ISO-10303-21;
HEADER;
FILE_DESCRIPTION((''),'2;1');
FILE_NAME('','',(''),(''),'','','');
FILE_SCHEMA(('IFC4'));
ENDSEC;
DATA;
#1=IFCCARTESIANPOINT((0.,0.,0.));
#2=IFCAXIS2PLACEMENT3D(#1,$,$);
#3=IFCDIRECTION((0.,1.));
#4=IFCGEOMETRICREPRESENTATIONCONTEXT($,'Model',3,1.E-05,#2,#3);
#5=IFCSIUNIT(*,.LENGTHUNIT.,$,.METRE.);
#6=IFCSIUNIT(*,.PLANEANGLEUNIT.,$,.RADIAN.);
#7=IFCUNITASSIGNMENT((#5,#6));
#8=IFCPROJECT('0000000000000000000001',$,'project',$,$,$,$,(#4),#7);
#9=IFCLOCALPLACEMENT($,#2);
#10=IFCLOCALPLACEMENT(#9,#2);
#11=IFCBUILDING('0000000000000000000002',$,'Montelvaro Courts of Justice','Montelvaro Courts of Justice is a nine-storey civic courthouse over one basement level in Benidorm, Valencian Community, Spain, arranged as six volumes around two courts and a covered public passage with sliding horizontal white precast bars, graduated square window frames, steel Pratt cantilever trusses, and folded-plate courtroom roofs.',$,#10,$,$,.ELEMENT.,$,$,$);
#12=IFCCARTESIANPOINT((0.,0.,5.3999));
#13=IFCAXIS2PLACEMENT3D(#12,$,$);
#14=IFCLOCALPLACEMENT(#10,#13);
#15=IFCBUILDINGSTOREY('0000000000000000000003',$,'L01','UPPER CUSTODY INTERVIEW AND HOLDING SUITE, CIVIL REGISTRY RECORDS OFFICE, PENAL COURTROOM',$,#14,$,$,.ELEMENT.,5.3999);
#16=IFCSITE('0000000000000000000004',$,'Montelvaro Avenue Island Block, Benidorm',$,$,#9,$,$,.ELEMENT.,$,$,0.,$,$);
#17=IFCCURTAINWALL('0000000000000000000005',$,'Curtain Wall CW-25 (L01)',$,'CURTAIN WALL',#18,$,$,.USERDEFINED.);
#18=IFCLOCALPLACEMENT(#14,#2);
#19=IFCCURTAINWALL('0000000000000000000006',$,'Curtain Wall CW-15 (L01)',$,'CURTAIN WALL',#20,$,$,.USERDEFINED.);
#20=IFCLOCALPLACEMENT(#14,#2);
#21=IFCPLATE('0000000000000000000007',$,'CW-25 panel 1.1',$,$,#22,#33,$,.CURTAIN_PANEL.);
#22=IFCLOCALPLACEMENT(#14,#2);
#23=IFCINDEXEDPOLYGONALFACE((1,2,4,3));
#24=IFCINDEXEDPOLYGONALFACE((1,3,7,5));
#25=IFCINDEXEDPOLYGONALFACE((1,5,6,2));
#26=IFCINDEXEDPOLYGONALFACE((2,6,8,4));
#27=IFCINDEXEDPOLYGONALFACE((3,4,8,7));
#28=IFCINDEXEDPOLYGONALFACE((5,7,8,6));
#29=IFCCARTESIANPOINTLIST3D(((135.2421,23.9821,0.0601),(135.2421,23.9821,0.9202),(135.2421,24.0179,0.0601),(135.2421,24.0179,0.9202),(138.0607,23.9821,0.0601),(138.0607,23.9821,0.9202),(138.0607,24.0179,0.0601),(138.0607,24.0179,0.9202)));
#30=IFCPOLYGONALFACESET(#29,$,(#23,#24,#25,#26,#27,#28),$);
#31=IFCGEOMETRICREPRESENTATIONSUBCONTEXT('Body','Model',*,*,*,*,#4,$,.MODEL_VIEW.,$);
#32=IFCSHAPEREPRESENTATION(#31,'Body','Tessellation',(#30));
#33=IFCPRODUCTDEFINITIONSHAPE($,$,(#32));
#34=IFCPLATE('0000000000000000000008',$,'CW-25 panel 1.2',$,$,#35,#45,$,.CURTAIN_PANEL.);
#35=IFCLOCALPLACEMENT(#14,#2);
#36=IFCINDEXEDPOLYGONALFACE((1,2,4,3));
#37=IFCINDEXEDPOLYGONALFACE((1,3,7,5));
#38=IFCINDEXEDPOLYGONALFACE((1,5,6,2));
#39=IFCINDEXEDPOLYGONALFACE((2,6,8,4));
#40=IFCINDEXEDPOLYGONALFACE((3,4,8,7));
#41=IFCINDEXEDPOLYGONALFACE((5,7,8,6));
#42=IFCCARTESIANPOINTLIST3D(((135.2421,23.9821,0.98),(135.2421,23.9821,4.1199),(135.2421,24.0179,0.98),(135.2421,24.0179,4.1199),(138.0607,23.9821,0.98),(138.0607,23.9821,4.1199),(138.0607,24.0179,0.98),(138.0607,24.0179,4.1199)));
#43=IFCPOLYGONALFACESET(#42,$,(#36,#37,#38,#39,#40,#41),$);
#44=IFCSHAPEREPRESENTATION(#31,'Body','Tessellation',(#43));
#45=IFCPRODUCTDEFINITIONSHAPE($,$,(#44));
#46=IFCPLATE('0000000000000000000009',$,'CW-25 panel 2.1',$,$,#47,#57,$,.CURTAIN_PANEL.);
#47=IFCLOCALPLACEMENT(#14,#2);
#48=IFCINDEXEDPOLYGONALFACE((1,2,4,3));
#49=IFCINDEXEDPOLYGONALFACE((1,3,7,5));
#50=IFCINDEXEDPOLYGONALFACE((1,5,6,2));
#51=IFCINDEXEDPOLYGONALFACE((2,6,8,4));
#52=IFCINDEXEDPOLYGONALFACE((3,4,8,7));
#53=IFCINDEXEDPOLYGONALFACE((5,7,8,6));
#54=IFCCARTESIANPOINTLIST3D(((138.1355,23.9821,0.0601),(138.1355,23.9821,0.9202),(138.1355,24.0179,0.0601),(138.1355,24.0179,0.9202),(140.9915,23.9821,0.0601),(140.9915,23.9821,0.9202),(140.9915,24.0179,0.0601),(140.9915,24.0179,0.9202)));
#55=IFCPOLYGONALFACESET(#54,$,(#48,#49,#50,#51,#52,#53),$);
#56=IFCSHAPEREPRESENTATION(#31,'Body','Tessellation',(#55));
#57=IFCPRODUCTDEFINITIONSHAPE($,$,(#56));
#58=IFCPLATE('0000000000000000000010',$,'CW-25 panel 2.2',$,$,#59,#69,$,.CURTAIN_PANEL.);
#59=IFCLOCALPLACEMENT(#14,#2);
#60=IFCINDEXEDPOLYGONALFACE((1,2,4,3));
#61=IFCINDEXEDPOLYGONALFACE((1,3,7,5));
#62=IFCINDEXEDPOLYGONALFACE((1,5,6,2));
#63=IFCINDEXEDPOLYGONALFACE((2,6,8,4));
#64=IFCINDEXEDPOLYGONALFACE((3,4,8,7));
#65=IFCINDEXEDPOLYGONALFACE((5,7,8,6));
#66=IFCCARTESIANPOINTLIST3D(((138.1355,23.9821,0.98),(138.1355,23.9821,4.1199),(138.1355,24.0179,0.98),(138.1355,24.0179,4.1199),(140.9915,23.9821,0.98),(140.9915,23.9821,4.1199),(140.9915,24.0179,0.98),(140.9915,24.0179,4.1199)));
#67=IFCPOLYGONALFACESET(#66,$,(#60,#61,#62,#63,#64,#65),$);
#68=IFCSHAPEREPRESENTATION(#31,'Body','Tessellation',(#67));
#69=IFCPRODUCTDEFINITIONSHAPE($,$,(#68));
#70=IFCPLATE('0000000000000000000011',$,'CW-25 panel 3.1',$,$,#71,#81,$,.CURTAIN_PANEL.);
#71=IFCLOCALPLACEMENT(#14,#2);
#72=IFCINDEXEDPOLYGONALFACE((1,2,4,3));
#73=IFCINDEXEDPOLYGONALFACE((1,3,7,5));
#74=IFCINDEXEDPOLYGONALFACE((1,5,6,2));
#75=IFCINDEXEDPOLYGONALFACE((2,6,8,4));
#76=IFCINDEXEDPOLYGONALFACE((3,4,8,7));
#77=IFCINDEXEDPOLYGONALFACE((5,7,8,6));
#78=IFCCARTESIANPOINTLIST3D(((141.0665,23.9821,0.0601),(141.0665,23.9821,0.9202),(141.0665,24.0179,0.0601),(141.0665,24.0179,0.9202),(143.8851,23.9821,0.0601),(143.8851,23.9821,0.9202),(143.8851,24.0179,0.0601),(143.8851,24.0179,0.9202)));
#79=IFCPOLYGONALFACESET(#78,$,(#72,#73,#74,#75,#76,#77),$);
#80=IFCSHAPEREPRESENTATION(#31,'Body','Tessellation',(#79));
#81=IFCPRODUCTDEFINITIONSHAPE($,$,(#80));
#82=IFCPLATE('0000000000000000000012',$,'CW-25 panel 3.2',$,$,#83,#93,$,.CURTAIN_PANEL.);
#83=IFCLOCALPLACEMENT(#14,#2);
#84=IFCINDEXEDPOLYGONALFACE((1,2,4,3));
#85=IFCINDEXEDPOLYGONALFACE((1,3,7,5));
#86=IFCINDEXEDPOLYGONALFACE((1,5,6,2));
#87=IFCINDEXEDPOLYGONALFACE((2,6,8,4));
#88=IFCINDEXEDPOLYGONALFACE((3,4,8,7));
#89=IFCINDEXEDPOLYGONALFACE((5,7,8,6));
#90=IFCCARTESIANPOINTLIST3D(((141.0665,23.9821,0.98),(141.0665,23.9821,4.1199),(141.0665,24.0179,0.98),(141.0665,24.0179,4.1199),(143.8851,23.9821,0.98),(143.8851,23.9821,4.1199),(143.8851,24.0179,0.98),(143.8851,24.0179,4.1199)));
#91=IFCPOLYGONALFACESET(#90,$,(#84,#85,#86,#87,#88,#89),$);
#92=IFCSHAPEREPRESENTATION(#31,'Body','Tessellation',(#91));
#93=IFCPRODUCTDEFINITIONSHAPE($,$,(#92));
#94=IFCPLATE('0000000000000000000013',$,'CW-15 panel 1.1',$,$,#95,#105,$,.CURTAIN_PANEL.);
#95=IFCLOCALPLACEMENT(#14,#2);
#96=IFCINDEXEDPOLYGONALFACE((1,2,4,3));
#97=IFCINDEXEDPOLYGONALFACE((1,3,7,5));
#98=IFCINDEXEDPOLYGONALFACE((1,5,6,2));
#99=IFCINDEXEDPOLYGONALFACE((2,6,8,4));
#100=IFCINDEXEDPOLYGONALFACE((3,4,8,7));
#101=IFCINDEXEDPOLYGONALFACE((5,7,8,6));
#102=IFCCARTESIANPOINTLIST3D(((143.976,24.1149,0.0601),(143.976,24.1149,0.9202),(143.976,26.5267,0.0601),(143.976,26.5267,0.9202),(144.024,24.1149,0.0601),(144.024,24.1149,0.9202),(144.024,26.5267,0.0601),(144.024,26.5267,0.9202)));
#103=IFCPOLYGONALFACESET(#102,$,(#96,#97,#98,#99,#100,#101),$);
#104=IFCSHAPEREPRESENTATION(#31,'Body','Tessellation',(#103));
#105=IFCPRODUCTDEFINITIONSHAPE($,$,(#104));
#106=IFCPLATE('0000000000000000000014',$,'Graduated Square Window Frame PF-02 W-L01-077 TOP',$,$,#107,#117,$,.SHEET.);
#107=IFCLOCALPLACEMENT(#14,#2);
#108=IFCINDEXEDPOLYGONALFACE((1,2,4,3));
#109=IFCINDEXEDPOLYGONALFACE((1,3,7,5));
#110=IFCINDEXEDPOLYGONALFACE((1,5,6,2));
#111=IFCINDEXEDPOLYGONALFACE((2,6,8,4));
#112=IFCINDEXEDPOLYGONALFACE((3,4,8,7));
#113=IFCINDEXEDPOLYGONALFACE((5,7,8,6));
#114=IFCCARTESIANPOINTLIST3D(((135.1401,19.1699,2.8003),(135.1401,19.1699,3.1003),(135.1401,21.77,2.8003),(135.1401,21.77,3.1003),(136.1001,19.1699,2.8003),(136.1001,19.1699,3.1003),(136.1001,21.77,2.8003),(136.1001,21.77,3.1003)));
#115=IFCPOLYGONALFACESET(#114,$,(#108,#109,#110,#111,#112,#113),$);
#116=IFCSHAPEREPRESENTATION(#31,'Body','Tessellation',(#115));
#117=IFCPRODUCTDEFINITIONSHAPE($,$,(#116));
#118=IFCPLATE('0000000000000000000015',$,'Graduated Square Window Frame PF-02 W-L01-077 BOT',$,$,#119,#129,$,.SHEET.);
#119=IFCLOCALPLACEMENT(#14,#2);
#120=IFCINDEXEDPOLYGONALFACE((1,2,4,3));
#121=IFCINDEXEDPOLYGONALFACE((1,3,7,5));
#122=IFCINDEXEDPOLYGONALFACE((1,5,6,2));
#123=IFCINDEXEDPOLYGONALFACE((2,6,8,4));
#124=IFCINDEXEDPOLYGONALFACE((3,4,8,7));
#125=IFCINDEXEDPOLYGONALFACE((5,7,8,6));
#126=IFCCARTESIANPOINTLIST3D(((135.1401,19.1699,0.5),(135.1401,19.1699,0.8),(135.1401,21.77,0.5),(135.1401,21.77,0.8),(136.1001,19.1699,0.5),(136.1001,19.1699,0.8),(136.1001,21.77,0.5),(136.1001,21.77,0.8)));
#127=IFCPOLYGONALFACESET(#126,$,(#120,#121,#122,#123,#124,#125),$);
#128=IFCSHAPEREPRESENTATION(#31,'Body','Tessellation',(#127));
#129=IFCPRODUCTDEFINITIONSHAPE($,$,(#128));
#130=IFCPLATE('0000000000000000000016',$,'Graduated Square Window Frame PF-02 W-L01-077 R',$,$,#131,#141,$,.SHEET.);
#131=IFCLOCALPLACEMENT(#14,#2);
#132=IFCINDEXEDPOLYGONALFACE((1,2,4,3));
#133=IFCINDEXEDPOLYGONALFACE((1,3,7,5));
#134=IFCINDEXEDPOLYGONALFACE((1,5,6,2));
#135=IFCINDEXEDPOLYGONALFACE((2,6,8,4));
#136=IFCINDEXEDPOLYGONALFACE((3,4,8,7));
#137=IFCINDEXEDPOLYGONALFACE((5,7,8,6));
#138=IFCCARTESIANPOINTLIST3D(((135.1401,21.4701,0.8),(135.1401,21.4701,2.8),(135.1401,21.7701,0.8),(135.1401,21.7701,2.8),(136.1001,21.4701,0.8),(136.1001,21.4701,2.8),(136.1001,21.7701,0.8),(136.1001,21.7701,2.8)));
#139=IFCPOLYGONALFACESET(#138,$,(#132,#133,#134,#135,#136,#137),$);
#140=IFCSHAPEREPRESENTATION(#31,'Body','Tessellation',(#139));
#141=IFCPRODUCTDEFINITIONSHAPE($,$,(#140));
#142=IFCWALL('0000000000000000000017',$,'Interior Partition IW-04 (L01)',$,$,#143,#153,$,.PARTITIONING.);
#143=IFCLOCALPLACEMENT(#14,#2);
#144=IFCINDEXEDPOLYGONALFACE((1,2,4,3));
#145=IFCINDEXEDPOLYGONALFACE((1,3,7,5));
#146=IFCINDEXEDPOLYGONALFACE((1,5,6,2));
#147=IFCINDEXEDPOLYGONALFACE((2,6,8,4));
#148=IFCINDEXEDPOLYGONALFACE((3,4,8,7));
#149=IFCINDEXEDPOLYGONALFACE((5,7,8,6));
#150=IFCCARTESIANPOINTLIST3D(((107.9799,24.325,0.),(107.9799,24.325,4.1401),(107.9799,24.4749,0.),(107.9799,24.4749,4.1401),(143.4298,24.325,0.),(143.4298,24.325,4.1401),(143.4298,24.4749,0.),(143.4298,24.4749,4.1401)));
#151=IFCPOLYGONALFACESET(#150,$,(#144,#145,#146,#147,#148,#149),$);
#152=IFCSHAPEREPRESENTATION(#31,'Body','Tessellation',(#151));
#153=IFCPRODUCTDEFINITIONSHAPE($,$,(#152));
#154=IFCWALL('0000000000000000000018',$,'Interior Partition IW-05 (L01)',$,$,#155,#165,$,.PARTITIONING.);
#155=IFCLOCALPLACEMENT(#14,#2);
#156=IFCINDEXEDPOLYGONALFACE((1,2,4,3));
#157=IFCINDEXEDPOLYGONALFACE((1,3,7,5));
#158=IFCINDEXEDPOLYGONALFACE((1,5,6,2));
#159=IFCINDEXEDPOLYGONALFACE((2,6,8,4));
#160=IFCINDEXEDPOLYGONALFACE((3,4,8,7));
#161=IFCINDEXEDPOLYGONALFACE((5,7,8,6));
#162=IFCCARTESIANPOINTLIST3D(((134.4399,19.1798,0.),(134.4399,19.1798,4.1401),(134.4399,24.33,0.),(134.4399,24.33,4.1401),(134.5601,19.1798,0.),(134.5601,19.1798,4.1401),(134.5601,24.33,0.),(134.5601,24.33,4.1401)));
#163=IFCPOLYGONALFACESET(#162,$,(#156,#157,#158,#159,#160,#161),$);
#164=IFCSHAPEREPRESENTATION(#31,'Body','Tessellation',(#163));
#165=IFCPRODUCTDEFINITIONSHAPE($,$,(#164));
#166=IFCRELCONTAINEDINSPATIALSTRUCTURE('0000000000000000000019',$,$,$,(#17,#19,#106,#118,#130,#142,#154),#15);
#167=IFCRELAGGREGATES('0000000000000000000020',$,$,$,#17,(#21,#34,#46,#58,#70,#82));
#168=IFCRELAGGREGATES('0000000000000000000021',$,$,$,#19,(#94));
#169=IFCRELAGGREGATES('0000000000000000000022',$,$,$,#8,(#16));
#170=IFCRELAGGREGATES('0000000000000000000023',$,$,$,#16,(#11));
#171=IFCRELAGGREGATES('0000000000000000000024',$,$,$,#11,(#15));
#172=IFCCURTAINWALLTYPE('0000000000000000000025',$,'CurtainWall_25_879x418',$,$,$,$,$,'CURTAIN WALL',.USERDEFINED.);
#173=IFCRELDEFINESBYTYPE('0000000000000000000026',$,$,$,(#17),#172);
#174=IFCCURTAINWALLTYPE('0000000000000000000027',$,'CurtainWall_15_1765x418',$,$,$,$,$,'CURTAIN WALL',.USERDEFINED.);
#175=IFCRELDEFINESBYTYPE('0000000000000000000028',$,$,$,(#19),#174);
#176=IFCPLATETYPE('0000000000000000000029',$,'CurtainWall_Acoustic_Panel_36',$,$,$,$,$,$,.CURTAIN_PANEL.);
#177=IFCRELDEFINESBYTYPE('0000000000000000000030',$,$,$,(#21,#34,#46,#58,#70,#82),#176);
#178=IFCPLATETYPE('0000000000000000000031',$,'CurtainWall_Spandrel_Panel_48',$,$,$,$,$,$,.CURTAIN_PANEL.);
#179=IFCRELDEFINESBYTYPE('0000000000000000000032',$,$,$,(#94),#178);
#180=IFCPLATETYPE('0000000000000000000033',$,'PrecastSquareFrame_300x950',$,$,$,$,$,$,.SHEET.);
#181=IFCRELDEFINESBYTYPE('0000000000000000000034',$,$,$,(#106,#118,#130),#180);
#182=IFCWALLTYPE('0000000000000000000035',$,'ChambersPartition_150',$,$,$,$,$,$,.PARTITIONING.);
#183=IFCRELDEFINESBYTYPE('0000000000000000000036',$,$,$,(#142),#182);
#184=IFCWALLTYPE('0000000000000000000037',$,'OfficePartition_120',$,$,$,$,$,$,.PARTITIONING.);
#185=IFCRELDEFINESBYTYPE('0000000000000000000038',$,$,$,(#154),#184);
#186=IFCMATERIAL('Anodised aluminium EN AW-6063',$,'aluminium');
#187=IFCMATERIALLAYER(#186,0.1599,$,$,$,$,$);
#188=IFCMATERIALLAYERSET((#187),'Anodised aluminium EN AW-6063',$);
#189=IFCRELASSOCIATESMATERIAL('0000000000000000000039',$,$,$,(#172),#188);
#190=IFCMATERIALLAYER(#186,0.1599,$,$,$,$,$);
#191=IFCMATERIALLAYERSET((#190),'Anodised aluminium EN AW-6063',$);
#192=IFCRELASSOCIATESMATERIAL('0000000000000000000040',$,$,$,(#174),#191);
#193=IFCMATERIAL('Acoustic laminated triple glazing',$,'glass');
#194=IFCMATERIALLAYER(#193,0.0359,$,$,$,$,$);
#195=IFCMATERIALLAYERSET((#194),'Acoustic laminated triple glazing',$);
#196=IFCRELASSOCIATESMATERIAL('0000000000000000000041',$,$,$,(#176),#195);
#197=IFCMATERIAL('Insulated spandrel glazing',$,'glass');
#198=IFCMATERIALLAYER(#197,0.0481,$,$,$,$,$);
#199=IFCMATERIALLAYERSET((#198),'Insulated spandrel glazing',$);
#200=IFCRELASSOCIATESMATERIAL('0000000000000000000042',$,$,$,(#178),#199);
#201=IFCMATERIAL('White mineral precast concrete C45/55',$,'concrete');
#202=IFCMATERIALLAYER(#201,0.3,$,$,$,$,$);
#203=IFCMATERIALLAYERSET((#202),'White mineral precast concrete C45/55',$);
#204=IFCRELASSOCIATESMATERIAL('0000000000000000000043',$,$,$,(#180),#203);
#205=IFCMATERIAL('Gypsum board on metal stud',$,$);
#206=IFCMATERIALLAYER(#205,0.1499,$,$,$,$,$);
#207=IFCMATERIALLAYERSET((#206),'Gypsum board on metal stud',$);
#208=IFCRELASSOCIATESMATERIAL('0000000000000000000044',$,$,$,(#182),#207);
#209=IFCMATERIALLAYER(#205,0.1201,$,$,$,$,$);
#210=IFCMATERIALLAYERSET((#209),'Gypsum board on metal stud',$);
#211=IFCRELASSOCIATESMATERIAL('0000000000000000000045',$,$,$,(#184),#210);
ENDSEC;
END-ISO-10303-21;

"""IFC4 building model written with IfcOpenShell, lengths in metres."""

from ifc_helpers import new_model, si_unit, direction, frame, frame_2d, origin, origin_2d, place, context, subcontext, project, spatial, rectangle, extrude, material, layer, layer_set, type_object, element, aggregate, save


model = new_model("IFC4")

# Units and contexts
model_context = context("Model", 3, precision=1e-05, world=origin(), true_north=direction((0.0, 1.0)))
body_context = subcontext(model_context, "Body", "Model", "MODEL_VIEW")
ifc_project = project(units=[si_unit("LENGTHUNIT", "METRE"), si_unit("PLANEANGLEUNIT", "RADIAN")], contexts=[model_context])

# Site, building, storey
site_placement = place(None, origin())
site = spatial("IfcSite", under=ifc_project, at=site_placement, Name="Montelvaro Avenue Island Block, Benidorm", CompositionType="ELEMENT", RefElevation=0.0)
building_placement = place(site_placement, origin())
building = spatial("IfcBuilding", under=site, at=building_placement, Name="Montelvaro Courts of Justice", Description="Montelvaro Courts of Justice is a nine-storey civic courthouse over one basement level in Benidorm, Valencian Community, Spain, arranged as six volumes around two courts and a covered public passage with sliding horizontal white precast bars, graduated square window frames, steel Pratt cantilever trusses, and folded-plate courtroom roofs.", CompositionType="ELEMENT")
storey_placement = place(building_placement, frame((0.0, 0.0, 5.3999)))
storey = spatial("IfcBuildingStorey", under=building, at=storey_placement, Name="L01", Description="UPPER CUSTODY INTERVIEW AND HOLDING SUITE, CIVIL REGISTRY RECORDS OFFICE, PENAL COURTROOM", CompositionType="ELEMENT", Elevation=5.3999)

# Curtain wall
ifc_material_1 = material(Name="Anodised aluminium EN AW-6063", Category="aluminium")
ifc_layer_1 = layer(ifc_material_1, 0.1599)
ifc_layer_set_1 = layer_set([ifc_layer_1], Name="Anodised aluminium EN AW-6063")
curtain_wall_type_1 = type_object("IfcCurtainWallType", Name="CurtainWall_25_879x418", ElementType="CURTAIN WALL", PredefinedType="USERDEFINED", material=ifc_layer_set_1)
curtain_wall_1_placement = place(storey_placement, origin())
curtain_wall_1 = element("IfcCurtainWall", 1, at=curtain_wall_1_placement, inside=storey, type_object=curtain_wall_type_1, Name="Curtain Wall CW-25 (L01)", ObjectType="CURTAIN WALL", PredefinedType="USERDEFINED")

# Curtain wall
ifc_layer_2 = layer(ifc_material_1, 0.1599)
ifc_layer_set_2 = layer_set([ifc_layer_2], Name="Anodised aluminium EN AW-6063")
curtain_wall_type_2 = type_object("IfcCurtainWallType", Name="CurtainWall_15_1765x418", ElementType="CURTAIN WALL", PredefinedType="USERDEFINED", material=ifc_layer_set_2)
curtain_wall_2_placement = place(storey_placement, origin())
curtain_wall_2 = element("IfcCurtainWall", 2, at=curtain_wall_2_placement, inside=storey, type_object=curtain_wall_type_2, Name="Curtain Wall CW-15 (L01)", ObjectType="CURTAIN WALL", PredefinedType="USERDEFINED")

# Plates
ifc_material_2 = material(Name="Acoustic laminated triple glazing", Category="glass")
ifc_layer_3 = layer(ifc_material_2, 0.0359)
ifc_layer_set_3 = layer_set([ifc_layer_3], Name="Acoustic laminated triple glazing")
plate_type_1 = type_object("IfcPlateType", Name="CurtainWall_Acoustic_Panel_36", PredefinedType="CURTAIN_PANEL", material=ifc_layer_set_3)
plate_1_placement = place(storey_placement, frame((136.6514, 24.0, 0.0601), z_axis=(0.0, 0.0, 1.0), x_axis=(1.0, 0.0, 0.0)))
plate_1 = element("IfcPlate", 3, at=plate_1_placement, type_object=plate_type_1, Name="CW-25 panel 1.1", PredefinedType="CURTAIN_PANEL", context=body_context, shape_type="SweptSolid", body=[
    extrude(rectangle(XDim=2.8186, YDim=0.0359, at=origin_2d()), origin(), (0.0, 0.0, 1.0), 0.8601),
])
plate_2_placement = place(storey_placement, frame((136.6514, 24.0, 0.98), z_axis=(0.0, 0.0, 1.0), x_axis=(1.0, 0.0, 0.0)))
plate_2 = element("IfcPlate", 4, at=plate_2_placement, type_object=plate_type_1, Name="CW-25 panel 1.2", PredefinedType="CURTAIN_PANEL", context=body_context, shape_type="SweptSolid", body=[
    extrude(rectangle(XDim=2.8186, YDim=0.0359, at=origin_2d()), origin(), (0.0, 0.0, 1.0), 3.1399),
])
plate_3_placement = place(storey_placement, frame((139.5635, 24.0, 0.0601), z_axis=(0.0, 0.0, 1.0), x_axis=(1.0, 0.0, 0.0)))
plate_3 = element("IfcPlate", 5, at=plate_3_placement, type_object=plate_type_1, Name="CW-25 panel 2.1", PredefinedType="CURTAIN_PANEL", context=body_context, shape_type="SweptSolid", body=[
    extrude(rectangle(XDim=2.856, YDim=0.0359, at=origin_2d()), origin(), (0.0, 0.0, 1.0), 0.8601),
])
plate_4_placement = place(storey_placement, frame((139.5635, 24.0, 0.98), z_axis=(0.0, 0.0, 1.0), x_axis=(1.0, 0.0, 0.0)))
plate_4 = element("IfcPlate", 6, at=plate_4_placement, type_object=plate_type_1, Name="CW-25 panel 2.2", PredefinedType="CURTAIN_PANEL", context=body_context, shape_type="SweptSolid", body=[
    extrude(rectangle(XDim=2.856, YDim=0.0359, at=origin_2d()), origin(), (0.0, 0.0, 1.0), 3.1399),
])
plate_5_placement = place(storey_placement, frame((142.4758, 24.0, 0.0601), z_axis=(0.0, 0.0, 1.0), x_axis=(1.0, 0.0, 0.0)))
plate_5 = element("IfcPlate", 7, at=plate_5_placement, type_object=plate_type_1, Name="CW-25 panel 3.1", PredefinedType="CURTAIN_PANEL", context=body_context, shape_type="SweptSolid", body=[
    extrude(rectangle(XDim=2.8186, YDim=0.0359, at=origin_2d()), origin(), (0.0, 0.0, 1.0), 0.8601),
])
plate_6_placement = place(storey_placement, frame((142.4758, 24.0, 0.98), z_axis=(0.0, 0.0, 1.0), x_axis=(1.0, 0.0, 0.0)))
plate_6 = element("IfcPlate", 8, at=plate_6_placement, type_object=plate_type_1, Name="CW-25 panel 3.2", PredefinedType="CURTAIN_PANEL", context=body_context, shape_type="SweptSolid", body=[
    extrude(rectangle(XDim=2.8186, YDim=0.0359, at=origin_2d()), origin(), (0.0, 0.0, 1.0), 3.1399),
])
aggregate(curtain_wall_1, [plate_1, plate_2, plate_3, plate_4, plate_5, plate_6])
ifc_material_3 = material(Name="Insulated spandrel glazing", Category="glass")
ifc_layer_4 = layer(ifc_material_3, 0.0481)
ifc_layer_set_4 = layer_set([ifc_layer_4], Name="Insulated spandrel glazing")
plate_type_2 = type_object("IfcPlateType", Name="CurtainWall_Spandrel_Panel_48", PredefinedType="CURTAIN_PANEL", material=ifc_layer_set_4)
plate_7_placement = place(storey_placement, frame((144.0, 25.3208, 0.0601), z_axis=(0.0, 0.0, 1.0), x_axis=(0.0, 1.0, 0.0)))
plate_7 = element("IfcPlate", 9, at=plate_7_placement, type_object=plate_type_2, Name="CW-15 panel 1.1", PredefinedType="CURTAIN_PANEL", context=body_context, shape_type="SweptSolid", body=[
    extrude(rectangle(XDim=2.4119, YDim=0.0481, at=origin_2d()), origin(), (0.0, 0.0, 1.0), 0.8601),
])
aggregate(curtain_wall_2, [plate_7])

# Plates
ifc_material_4 = material(Name="White mineral precast concrete C45/55", Category="concrete")
ifc_layer_5 = layer(ifc_material_4, 0.3)
ifc_layer_set_5 = layer_set([ifc_layer_5], Name="White mineral precast concrete C45/55")
plate_type_3 = type_object("IfcPlateType", Name="PrecastSquareFrame_300x950", PredefinedType="SHEET", material=ifc_layer_set_5)
for number, where, z_axis, x_axis, name in (
    (10, (135.6201, 20.47, 2.8003), (0.0, 0.0, 1.0), (0.0, 1.0, 0.0), "Graduated Square Window Frame PF-02 W-L01-077 TOP"),
    (11, (135.6201, 20.47, 0.5), (0.0, 0.0, 1.0), (0.0, 1.0, 0.0), "Graduated Square Window Frame PF-02 W-L01-077 BOT"),
):
    element("IfcPlate", number, at=place(storey_placement, frame(where, z_axis=z_axis, x_axis=x_axis)), inside=storey, type_object=plate_type_3, Name=name, PredefinedType="SHEET", context=body_context, shape_type="SweptSolid", body=[
        extrude(rectangle(XDim=2.6001, YDim=0.96, at=origin_2d()), origin(), (0.0, 0.0, 1.0), 0.3),
    ])
plate_8_placement = place(storey_placement, frame((135.6201, 21.6201, 0.8), z_axis=(0.0, 0.0, 1.0), x_axis=(0.0, 1.0, 0.0)))
element("IfcPlate", 12, at=plate_8_placement, inside=storey, type_object=plate_type_3, Name="Graduated Square Window Frame PF-02 W-L01-077 R", PredefinedType="SHEET", context=body_context, shape_type="SweptSolid", body=[
    extrude(rectangle(XDim=0.3, YDim=0.96, at=origin_2d()), origin(), (0.0, 0.0, 1.0), 2.0),
])

# Walls
ifc_material_5 = material(Name="Gypsum board on metal stud")
ifc_layer_6 = layer(ifc_material_5, 0.1499)
ifc_layer_set_6 = layer_set([ifc_layer_6], Name="Gypsum board on metal stud")
wall_type_1 = type_object("IfcWallType", Name="ChambersPartition_150", PredefinedType="PARTITIONING", material=ifc_layer_set_6)
wall_1_placement = place(storey_placement, frame((143.4299, 24.3999, 0.0), z_axis=(0.0, 0.0, 1.0), x_axis=(-1.0, 0.0, 0.0)))
element("IfcWall", 13, at=wall_1_placement, inside=storey, type_object=wall_type_1, Name="Interior Partition IW-04 (L01)", PredefinedType="PARTITIONING", context=body_context, shape_type="SweptSolid", body=[
    extrude(rectangle(XDim=35.45, YDim=0.1499, at=frame_2d((17.7251, 0.0))), origin(), (0.0, 0.0, 1.0), 4.1401),
])
ifc_layer_7 = layer(ifc_material_5, 0.1201)
ifc_layer_set_7 = layer_set([ifc_layer_7], Name="Gypsum board on metal stud")
wall_type_2 = type_object("IfcWallType", Name="OfficePartition_120", PredefinedType="PARTITIONING", material=ifc_layer_set_7)
wall_2_placement = place(storey_placement, frame((134.5, 24.3301, 0.0), z_axis=(0.0, 0.0, 1.0), x_axis=(0.0, -1.0, 0.0)))
element("IfcWall", 14, at=wall_2_placement, inside=storey, type_object=wall_type_2, Name="Interior Partition IW-05 (L01)", PredefinedType="PARTITIONING", context=body_context, shape_type="SweptSolid", body=[
    extrude(rectangle(XDim=5.1501, YDim=0.1201, at=frame_2d((2.5752, 0.0))), origin(), (0.0, 0.0, 1.0), 4.1401),
])

save(model, "model.ifc")
